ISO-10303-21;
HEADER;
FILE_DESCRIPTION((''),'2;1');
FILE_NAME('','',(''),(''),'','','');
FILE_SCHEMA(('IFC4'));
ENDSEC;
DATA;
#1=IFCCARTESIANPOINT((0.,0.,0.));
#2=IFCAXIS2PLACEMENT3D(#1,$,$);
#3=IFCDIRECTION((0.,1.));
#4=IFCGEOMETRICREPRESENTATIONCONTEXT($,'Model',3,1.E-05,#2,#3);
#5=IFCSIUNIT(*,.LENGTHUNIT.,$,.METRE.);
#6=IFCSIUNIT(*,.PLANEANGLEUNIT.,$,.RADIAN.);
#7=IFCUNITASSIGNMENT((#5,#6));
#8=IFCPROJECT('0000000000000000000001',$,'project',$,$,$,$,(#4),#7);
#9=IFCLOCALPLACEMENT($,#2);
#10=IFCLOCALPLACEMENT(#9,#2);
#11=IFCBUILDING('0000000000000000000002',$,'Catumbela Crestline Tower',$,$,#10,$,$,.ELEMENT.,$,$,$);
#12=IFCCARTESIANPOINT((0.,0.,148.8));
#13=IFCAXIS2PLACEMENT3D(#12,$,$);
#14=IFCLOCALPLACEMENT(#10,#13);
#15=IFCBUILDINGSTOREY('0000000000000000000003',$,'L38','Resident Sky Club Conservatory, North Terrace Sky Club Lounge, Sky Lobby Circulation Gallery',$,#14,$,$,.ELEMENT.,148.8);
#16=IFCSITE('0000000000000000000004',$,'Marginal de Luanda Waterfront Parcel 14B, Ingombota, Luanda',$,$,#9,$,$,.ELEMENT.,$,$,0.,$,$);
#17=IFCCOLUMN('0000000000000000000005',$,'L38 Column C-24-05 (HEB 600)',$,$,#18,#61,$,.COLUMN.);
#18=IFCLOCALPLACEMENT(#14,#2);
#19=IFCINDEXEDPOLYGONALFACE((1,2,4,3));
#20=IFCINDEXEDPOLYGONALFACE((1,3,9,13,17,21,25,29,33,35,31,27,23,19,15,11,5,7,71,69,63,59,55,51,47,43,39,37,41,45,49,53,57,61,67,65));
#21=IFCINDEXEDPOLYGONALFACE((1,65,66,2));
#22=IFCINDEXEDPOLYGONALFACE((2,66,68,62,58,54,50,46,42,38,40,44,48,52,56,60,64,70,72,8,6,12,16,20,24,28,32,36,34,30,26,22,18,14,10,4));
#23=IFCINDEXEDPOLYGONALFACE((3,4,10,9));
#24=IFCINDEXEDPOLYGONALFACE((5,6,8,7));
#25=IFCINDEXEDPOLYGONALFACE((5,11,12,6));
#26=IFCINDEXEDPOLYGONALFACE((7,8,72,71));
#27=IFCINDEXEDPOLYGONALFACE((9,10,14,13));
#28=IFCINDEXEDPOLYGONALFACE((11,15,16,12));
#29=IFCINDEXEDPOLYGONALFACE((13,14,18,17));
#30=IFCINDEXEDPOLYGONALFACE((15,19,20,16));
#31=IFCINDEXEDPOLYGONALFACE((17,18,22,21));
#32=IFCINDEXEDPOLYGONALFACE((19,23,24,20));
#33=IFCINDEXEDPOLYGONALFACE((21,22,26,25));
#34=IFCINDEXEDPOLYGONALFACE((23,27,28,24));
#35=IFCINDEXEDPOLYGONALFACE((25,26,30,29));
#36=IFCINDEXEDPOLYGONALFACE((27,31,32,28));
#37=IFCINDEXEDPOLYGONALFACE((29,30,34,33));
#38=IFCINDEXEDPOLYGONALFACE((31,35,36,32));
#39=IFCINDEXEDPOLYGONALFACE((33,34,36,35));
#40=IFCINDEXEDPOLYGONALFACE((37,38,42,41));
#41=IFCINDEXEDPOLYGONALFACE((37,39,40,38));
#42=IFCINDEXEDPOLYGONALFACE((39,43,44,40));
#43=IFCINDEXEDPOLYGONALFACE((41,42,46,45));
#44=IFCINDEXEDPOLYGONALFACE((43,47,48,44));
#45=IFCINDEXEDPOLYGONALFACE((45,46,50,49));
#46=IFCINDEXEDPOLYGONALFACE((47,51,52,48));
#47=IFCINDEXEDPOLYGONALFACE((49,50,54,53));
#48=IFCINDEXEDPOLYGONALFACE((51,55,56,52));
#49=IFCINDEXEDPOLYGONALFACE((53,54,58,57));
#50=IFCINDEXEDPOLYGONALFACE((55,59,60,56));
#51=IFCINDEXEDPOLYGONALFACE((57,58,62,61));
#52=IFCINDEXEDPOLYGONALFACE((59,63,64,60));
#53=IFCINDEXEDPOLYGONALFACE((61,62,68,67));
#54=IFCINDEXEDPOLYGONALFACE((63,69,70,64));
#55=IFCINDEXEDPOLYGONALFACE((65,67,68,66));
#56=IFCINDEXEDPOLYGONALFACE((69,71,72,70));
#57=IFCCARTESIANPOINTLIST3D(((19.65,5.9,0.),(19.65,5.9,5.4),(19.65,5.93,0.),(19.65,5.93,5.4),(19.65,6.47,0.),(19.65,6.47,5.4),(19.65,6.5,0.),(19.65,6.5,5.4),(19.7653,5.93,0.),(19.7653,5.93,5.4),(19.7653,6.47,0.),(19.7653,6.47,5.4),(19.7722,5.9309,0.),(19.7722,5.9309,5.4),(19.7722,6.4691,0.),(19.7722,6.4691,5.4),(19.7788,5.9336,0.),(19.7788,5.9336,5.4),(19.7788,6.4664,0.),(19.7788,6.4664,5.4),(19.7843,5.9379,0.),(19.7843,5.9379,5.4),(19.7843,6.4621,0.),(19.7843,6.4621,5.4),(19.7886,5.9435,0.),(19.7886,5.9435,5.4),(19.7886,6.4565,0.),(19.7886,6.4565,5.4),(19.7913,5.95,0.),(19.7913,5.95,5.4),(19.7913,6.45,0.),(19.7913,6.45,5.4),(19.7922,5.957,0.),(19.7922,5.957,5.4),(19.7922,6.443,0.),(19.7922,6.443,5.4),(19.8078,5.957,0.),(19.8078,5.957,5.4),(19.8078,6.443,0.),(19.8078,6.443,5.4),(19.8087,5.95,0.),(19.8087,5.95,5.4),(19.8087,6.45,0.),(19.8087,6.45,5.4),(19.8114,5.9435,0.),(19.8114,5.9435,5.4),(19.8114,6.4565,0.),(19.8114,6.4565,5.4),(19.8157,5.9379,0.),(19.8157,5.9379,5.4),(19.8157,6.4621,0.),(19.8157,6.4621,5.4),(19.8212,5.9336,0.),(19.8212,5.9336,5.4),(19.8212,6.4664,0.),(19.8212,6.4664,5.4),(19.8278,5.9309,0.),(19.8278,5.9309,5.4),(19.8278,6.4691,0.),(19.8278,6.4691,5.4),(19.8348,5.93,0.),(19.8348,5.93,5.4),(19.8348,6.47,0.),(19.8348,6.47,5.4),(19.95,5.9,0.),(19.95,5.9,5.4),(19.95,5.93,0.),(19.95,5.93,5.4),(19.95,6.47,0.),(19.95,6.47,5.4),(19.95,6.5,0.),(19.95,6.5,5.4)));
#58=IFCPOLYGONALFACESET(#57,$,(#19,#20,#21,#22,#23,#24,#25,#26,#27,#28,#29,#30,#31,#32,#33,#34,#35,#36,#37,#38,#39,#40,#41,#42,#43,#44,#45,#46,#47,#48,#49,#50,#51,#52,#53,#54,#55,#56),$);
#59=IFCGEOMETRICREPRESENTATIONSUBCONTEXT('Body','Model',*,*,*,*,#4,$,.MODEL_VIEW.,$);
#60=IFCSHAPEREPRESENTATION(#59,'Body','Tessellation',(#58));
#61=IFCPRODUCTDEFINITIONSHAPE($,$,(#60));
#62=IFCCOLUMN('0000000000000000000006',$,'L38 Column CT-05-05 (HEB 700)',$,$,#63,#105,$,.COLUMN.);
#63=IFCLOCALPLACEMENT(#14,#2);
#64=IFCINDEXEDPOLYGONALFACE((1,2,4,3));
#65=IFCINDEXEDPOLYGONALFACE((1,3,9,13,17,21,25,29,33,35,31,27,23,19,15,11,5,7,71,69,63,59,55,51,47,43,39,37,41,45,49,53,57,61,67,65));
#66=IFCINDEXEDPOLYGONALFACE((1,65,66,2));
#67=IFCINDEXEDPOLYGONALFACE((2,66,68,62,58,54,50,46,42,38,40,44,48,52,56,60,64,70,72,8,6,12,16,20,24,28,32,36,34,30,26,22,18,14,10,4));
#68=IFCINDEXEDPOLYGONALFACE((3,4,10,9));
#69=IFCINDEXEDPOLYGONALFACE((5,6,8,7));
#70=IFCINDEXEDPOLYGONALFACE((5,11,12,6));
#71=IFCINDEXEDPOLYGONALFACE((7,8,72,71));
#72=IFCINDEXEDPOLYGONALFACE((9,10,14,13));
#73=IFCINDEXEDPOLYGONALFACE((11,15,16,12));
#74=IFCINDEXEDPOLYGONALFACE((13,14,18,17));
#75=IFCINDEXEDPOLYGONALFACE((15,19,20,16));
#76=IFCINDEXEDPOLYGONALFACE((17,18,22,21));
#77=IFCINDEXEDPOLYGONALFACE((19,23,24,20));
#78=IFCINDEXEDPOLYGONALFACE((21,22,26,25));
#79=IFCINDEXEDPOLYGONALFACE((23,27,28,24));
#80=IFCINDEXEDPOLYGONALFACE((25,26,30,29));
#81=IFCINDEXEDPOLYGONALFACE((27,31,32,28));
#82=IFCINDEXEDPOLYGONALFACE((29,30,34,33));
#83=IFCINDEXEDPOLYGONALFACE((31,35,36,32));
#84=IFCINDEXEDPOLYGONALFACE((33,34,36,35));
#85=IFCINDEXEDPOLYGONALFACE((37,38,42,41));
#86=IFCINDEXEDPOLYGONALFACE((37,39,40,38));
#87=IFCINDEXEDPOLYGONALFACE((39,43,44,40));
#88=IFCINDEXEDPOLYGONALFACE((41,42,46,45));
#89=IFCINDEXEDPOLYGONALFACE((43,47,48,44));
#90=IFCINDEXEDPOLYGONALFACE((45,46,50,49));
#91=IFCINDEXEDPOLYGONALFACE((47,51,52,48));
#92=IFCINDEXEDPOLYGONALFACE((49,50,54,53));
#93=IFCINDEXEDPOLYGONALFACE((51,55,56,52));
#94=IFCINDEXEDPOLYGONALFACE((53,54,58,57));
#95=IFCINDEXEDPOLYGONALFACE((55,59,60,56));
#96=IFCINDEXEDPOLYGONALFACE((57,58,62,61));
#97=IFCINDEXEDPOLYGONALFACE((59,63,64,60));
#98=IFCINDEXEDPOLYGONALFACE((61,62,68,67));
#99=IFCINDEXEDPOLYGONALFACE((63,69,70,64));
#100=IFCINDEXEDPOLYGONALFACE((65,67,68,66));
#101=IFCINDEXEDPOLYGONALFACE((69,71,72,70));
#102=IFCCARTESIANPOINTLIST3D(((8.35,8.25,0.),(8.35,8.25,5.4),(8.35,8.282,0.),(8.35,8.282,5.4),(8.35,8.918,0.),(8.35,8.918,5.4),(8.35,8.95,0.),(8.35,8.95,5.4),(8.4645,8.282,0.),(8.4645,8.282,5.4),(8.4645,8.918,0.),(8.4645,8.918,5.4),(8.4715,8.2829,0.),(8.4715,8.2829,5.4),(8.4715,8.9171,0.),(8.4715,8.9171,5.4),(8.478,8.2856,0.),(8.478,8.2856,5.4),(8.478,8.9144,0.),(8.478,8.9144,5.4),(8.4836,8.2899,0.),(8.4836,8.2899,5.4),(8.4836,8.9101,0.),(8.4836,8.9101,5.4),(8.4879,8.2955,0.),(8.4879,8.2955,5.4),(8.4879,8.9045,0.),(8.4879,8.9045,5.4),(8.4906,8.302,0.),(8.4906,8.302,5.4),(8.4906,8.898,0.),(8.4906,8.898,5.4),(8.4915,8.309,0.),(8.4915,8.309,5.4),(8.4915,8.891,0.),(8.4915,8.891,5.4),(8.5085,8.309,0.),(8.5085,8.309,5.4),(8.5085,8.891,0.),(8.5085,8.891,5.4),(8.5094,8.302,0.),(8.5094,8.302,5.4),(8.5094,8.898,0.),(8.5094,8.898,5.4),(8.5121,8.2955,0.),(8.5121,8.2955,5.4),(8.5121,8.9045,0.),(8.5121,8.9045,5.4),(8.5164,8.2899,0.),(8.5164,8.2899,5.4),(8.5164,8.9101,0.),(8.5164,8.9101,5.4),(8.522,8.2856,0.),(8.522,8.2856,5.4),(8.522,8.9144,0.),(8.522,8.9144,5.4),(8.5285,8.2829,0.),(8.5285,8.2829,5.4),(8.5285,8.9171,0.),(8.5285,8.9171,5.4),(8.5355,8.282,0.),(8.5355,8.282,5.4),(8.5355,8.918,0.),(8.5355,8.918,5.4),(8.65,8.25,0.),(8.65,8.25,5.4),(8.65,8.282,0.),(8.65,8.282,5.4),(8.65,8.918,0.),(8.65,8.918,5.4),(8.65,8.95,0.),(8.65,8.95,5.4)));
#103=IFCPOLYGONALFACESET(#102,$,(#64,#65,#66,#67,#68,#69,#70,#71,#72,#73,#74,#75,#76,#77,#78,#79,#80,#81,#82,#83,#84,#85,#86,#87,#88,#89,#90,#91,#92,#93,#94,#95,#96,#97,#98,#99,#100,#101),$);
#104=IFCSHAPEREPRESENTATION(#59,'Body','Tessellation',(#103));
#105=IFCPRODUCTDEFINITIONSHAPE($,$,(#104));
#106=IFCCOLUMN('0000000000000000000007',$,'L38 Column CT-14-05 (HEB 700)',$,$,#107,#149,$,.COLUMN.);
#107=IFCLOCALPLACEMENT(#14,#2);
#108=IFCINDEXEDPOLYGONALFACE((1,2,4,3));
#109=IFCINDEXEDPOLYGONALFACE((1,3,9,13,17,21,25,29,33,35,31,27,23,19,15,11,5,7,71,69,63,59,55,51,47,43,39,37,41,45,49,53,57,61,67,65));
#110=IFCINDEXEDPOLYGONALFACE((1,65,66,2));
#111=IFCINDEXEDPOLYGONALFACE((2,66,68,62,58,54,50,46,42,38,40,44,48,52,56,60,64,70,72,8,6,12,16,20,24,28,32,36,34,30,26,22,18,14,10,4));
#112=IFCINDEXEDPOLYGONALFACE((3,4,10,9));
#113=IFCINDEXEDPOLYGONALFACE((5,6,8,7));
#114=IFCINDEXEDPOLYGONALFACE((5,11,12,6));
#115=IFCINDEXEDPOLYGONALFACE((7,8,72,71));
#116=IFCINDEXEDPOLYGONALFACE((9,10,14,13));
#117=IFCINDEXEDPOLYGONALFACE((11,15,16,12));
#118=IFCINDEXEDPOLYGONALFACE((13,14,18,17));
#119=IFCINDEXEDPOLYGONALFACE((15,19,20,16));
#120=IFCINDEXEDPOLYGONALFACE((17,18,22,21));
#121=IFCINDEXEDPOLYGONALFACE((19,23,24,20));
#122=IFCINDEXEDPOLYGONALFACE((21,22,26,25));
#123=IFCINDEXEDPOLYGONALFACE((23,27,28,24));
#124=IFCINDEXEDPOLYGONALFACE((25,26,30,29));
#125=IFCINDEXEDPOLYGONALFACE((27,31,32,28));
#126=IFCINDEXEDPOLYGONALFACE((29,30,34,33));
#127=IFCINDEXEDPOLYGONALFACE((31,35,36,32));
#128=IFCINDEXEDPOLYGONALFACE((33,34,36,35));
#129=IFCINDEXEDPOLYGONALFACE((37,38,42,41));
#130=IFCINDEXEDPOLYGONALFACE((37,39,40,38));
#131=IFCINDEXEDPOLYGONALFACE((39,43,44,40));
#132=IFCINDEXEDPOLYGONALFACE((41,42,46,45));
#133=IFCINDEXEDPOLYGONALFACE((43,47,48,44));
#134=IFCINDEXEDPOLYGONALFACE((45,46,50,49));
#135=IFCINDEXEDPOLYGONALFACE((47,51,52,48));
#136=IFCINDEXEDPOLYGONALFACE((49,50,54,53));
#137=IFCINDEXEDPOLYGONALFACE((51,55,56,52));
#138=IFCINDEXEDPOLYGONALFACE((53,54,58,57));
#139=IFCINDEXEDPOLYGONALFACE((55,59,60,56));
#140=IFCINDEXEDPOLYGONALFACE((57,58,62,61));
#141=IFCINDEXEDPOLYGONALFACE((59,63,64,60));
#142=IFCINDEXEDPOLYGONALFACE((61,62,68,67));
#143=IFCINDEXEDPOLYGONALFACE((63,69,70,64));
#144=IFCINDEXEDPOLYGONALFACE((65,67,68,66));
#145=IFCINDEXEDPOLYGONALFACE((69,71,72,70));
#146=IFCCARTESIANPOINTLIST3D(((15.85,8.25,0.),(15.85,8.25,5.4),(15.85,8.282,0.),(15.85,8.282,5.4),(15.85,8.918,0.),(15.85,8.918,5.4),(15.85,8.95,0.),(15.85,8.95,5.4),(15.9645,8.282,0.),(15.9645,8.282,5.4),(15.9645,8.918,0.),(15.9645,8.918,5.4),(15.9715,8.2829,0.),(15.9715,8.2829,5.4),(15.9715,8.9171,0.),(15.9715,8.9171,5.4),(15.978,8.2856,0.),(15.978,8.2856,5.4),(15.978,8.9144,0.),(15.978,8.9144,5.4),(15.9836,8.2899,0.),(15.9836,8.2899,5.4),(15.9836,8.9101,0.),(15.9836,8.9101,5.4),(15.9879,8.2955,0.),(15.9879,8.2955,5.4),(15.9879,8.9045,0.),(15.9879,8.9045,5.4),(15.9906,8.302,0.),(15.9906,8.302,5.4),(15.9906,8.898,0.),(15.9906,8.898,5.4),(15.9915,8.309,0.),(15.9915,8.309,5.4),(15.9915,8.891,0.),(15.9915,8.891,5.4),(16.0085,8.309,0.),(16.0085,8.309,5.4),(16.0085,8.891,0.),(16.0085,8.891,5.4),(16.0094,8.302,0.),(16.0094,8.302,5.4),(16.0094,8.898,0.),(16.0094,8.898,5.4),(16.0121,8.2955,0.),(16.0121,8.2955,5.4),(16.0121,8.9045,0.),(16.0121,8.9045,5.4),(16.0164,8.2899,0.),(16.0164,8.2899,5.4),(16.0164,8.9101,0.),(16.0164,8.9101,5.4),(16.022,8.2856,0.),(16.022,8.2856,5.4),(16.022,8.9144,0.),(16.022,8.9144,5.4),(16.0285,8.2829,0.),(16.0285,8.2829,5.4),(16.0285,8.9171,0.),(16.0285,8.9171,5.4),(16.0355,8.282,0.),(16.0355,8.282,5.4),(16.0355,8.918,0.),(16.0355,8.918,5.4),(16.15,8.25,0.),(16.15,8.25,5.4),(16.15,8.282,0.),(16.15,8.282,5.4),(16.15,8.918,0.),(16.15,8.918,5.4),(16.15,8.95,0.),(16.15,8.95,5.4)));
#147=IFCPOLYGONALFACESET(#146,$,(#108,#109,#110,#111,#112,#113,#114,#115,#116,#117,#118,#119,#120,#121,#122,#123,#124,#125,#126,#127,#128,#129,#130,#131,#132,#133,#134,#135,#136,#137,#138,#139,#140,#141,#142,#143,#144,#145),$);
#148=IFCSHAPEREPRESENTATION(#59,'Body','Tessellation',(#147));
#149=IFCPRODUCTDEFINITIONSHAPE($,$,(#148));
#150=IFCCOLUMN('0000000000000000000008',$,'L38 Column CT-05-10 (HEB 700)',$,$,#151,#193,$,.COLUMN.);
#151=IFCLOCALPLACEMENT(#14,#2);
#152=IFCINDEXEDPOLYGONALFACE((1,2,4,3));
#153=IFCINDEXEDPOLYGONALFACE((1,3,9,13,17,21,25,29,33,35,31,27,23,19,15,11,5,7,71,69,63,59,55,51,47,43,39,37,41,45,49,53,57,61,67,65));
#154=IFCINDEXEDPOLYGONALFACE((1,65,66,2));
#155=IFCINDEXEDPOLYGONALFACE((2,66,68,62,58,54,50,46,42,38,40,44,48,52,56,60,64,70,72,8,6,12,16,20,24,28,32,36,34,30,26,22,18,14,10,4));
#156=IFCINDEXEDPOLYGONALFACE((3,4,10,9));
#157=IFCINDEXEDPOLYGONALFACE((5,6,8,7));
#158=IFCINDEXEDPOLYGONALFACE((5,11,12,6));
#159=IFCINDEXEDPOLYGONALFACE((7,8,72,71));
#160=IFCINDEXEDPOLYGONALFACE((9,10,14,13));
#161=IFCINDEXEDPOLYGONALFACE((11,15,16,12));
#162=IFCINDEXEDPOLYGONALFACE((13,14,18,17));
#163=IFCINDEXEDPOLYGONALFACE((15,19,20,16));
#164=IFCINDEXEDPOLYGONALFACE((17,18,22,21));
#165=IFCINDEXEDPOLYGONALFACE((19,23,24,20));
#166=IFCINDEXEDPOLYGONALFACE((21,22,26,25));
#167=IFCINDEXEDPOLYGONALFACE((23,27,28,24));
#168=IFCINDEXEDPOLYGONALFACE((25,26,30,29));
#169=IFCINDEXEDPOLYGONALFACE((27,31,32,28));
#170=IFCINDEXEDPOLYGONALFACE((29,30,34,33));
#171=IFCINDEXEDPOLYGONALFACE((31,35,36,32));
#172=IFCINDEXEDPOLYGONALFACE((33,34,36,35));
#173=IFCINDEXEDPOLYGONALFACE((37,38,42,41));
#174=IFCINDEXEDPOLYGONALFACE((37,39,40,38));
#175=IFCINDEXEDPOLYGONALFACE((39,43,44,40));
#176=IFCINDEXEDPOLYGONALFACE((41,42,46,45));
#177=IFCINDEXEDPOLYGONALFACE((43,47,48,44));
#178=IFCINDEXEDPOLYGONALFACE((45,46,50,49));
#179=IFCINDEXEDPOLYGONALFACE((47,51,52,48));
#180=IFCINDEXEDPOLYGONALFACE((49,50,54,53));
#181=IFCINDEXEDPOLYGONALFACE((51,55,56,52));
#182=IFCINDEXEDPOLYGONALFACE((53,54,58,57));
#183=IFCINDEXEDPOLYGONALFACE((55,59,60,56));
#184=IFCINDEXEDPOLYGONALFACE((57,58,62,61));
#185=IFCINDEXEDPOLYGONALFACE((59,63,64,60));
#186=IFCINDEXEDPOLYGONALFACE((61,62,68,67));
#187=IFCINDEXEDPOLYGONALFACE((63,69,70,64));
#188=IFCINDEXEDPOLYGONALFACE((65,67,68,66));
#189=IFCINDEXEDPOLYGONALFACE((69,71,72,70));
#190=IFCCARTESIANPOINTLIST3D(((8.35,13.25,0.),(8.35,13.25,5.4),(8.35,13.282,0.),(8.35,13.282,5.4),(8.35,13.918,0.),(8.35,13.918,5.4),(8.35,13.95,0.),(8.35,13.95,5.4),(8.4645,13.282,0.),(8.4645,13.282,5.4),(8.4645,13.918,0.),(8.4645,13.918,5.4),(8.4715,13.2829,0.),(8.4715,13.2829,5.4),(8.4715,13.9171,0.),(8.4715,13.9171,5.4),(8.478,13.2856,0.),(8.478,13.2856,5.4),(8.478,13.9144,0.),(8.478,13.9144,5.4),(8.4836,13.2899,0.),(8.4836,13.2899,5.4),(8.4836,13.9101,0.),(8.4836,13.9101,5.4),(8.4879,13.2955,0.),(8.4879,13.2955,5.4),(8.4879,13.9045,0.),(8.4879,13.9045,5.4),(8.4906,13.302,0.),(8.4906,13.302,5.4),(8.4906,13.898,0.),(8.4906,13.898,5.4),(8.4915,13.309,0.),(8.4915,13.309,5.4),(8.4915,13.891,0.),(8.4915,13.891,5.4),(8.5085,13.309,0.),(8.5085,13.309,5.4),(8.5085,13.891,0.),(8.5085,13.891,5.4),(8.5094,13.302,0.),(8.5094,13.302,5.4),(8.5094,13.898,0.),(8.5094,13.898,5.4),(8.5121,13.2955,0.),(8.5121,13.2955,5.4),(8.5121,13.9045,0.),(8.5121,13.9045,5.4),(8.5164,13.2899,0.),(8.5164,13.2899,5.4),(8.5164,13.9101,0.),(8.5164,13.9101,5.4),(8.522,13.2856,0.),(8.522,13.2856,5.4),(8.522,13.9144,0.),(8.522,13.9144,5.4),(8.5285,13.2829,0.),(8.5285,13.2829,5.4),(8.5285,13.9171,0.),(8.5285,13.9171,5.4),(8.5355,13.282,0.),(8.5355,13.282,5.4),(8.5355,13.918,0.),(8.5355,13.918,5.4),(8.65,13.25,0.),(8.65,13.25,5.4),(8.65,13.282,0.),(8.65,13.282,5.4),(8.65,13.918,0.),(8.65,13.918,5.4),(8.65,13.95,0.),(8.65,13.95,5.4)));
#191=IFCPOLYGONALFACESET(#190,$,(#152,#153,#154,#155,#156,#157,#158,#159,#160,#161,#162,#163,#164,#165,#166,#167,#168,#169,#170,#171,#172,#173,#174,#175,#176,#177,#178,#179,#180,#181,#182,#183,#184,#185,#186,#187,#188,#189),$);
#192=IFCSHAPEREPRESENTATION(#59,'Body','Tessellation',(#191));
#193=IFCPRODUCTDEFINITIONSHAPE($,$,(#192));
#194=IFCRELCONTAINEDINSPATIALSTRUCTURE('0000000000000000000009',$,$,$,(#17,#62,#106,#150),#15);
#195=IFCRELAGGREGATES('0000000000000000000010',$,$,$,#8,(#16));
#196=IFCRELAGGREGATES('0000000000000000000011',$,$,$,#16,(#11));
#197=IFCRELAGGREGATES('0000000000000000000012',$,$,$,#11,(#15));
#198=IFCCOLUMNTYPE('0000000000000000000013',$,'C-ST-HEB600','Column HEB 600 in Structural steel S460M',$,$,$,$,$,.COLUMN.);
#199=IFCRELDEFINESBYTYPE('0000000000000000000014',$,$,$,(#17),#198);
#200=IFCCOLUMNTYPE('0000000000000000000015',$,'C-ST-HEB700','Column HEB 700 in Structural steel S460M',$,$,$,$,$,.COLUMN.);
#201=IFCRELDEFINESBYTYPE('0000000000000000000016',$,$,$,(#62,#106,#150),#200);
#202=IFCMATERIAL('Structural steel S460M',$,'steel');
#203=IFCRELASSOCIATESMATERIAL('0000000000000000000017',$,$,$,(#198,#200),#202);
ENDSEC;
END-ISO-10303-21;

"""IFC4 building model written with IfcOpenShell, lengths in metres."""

from ifc_helpers import new_model, si_unit, direction, frame, origin, origin_2d, place, context, subcontext, project, spatial, i_section, extrude, material, material_profile, profile_set, type_object, element, save


model = new_model("IFC4")

# Units and contexts
model_context = context("Model", 3, precision=1e-05, world=origin(), true_north=direction((0.0, 1.0)))
body_context = subcontext(model_context, "Body", "Model", "MODEL_VIEW")
ifc_project = project(units=[si_unit("LENGTHUNIT", "METRE"), si_unit("PLANEANGLEUNIT", "RADIAN")], contexts=[model_context])

# Site, building, storey
site_placement = place(None, origin())
site = spatial("IfcSite", under=ifc_project, at=site_placement, Name="Marginal de Luanda Waterfront Parcel 14B, Ingombota, Luanda", CompositionType="ELEMENT", RefElevation=0.0)
building_placement = place(site_placement, origin())
building = spatial("IfcBuilding", under=site, at=building_placement, Name="Catumbela Crestline Tower", CompositionType="ELEMENT")
storey_placement = place(building_placement, frame((0.0, 0.0, 148.8)))
storey = spatial("IfcBuildingStorey", under=building, at=storey_placement, Name="L38", Description="Resident Sky Club Conservatory, North Terrace Sky Club Lounge, Sky Lobby Circulation Gallery", CompositionType="ELEMENT", Elevation=148.8)

# Columns
ifc_material_1 = material(Name="Structural steel S460M", Category="steel")
ifc_material_profile_1 = material_profile(ifc_material_1, i_section(OverallWidth=0.3, OverallDepth=0.6, WebThickness=0.0155, FlangeThickness=0.03, FilletRadius=0.027, at=origin_2d()), Name="HEB 600")
ifc_profile_set_1 = profile_set([ifc_material_profile_1], Name="Structural steel S460M")
column_type_1 = type_object("IfcColumnType", Name="C-ST-HEB600", Description="Column HEB 600 in Structural steel S460M", PredefinedType="COLUMN", material=ifc_profile_set_1)
column_placement = place(storey_placement, frame((19.8, 6.2, 0.0), z_axis=(0.0, 0.0, 1.0), x_axis=(1.0, 0.0, 0.0)))
element("IfcColumn", 1, at=column_placement, inside=storey, type_object=column_type_1, Name="L38 Column C-24-05 (HEB 600)", PredefinedType="COLUMN", context=body_context, shape_type="SweptSolid", body=[
    extrude(i_section(OverallWidth=0.3, OverallDepth=0.6, WebThickness=0.0155, FlangeThickness=0.03, FilletRadius=0.027, at=origin_2d()), origin(), (0.0, 0.0, 1.0), 5.4),
])
ifc_material_profile_2 = material_profile(ifc_material_1, i_section(OverallWidth=0.3, OverallDepth=0.7, WebThickness=0.017, FlangeThickness=0.032, FilletRadius=0.027, at=origin_2d()), Name="HEB 700")
ifc_profile_set_2 = profile_set([ifc_material_profile_2], Name="Structural steel S460M")
column_type_2 = type_object("IfcColumnType", Name="C-ST-HEB700", Description="Column HEB 700 in Structural steel S460M", PredefinedType="COLUMN", material=ifc_profile_set_2)
for number, where, z_axis, x_axis, name in (
    (2, (8.5, 8.6, 0.0), (0.0, 0.0, 1.0), (1.0, 0.0, 0.0), "L38 Column CT-05-05 (HEB 700)"),
    (3, (16.0, 8.6, 0.0), (0.0, 0.0, 1.0), (1.0, 0.0, 0.0), "L38 Column CT-14-05 (HEB 700)"),
    (4, (8.5, 13.6, 0.0), (0.0, 0.0, 1.0), (1.0, 0.0, 0.0), "L38 Column CT-05-10 (HEB 700)"),
):
    element("IfcColumn", number, at=place(storey_placement, frame(where, z_axis=z_axis, x_axis=x_axis)), inside=storey, type_object=column_type_2, Name=name, PredefinedType="COLUMN", context=body_context, shape_type="SweptSolid", body=[
        extrude(i_section(OverallWidth=0.3, OverallDepth=0.7, WebThickness=0.017, FlangeThickness=0.032, FilletRadius=0.027, at=origin_2d()), origin(), (0.0, 0.0, 1.0), 5.4),
    ])

save(model, "model.ifc")
